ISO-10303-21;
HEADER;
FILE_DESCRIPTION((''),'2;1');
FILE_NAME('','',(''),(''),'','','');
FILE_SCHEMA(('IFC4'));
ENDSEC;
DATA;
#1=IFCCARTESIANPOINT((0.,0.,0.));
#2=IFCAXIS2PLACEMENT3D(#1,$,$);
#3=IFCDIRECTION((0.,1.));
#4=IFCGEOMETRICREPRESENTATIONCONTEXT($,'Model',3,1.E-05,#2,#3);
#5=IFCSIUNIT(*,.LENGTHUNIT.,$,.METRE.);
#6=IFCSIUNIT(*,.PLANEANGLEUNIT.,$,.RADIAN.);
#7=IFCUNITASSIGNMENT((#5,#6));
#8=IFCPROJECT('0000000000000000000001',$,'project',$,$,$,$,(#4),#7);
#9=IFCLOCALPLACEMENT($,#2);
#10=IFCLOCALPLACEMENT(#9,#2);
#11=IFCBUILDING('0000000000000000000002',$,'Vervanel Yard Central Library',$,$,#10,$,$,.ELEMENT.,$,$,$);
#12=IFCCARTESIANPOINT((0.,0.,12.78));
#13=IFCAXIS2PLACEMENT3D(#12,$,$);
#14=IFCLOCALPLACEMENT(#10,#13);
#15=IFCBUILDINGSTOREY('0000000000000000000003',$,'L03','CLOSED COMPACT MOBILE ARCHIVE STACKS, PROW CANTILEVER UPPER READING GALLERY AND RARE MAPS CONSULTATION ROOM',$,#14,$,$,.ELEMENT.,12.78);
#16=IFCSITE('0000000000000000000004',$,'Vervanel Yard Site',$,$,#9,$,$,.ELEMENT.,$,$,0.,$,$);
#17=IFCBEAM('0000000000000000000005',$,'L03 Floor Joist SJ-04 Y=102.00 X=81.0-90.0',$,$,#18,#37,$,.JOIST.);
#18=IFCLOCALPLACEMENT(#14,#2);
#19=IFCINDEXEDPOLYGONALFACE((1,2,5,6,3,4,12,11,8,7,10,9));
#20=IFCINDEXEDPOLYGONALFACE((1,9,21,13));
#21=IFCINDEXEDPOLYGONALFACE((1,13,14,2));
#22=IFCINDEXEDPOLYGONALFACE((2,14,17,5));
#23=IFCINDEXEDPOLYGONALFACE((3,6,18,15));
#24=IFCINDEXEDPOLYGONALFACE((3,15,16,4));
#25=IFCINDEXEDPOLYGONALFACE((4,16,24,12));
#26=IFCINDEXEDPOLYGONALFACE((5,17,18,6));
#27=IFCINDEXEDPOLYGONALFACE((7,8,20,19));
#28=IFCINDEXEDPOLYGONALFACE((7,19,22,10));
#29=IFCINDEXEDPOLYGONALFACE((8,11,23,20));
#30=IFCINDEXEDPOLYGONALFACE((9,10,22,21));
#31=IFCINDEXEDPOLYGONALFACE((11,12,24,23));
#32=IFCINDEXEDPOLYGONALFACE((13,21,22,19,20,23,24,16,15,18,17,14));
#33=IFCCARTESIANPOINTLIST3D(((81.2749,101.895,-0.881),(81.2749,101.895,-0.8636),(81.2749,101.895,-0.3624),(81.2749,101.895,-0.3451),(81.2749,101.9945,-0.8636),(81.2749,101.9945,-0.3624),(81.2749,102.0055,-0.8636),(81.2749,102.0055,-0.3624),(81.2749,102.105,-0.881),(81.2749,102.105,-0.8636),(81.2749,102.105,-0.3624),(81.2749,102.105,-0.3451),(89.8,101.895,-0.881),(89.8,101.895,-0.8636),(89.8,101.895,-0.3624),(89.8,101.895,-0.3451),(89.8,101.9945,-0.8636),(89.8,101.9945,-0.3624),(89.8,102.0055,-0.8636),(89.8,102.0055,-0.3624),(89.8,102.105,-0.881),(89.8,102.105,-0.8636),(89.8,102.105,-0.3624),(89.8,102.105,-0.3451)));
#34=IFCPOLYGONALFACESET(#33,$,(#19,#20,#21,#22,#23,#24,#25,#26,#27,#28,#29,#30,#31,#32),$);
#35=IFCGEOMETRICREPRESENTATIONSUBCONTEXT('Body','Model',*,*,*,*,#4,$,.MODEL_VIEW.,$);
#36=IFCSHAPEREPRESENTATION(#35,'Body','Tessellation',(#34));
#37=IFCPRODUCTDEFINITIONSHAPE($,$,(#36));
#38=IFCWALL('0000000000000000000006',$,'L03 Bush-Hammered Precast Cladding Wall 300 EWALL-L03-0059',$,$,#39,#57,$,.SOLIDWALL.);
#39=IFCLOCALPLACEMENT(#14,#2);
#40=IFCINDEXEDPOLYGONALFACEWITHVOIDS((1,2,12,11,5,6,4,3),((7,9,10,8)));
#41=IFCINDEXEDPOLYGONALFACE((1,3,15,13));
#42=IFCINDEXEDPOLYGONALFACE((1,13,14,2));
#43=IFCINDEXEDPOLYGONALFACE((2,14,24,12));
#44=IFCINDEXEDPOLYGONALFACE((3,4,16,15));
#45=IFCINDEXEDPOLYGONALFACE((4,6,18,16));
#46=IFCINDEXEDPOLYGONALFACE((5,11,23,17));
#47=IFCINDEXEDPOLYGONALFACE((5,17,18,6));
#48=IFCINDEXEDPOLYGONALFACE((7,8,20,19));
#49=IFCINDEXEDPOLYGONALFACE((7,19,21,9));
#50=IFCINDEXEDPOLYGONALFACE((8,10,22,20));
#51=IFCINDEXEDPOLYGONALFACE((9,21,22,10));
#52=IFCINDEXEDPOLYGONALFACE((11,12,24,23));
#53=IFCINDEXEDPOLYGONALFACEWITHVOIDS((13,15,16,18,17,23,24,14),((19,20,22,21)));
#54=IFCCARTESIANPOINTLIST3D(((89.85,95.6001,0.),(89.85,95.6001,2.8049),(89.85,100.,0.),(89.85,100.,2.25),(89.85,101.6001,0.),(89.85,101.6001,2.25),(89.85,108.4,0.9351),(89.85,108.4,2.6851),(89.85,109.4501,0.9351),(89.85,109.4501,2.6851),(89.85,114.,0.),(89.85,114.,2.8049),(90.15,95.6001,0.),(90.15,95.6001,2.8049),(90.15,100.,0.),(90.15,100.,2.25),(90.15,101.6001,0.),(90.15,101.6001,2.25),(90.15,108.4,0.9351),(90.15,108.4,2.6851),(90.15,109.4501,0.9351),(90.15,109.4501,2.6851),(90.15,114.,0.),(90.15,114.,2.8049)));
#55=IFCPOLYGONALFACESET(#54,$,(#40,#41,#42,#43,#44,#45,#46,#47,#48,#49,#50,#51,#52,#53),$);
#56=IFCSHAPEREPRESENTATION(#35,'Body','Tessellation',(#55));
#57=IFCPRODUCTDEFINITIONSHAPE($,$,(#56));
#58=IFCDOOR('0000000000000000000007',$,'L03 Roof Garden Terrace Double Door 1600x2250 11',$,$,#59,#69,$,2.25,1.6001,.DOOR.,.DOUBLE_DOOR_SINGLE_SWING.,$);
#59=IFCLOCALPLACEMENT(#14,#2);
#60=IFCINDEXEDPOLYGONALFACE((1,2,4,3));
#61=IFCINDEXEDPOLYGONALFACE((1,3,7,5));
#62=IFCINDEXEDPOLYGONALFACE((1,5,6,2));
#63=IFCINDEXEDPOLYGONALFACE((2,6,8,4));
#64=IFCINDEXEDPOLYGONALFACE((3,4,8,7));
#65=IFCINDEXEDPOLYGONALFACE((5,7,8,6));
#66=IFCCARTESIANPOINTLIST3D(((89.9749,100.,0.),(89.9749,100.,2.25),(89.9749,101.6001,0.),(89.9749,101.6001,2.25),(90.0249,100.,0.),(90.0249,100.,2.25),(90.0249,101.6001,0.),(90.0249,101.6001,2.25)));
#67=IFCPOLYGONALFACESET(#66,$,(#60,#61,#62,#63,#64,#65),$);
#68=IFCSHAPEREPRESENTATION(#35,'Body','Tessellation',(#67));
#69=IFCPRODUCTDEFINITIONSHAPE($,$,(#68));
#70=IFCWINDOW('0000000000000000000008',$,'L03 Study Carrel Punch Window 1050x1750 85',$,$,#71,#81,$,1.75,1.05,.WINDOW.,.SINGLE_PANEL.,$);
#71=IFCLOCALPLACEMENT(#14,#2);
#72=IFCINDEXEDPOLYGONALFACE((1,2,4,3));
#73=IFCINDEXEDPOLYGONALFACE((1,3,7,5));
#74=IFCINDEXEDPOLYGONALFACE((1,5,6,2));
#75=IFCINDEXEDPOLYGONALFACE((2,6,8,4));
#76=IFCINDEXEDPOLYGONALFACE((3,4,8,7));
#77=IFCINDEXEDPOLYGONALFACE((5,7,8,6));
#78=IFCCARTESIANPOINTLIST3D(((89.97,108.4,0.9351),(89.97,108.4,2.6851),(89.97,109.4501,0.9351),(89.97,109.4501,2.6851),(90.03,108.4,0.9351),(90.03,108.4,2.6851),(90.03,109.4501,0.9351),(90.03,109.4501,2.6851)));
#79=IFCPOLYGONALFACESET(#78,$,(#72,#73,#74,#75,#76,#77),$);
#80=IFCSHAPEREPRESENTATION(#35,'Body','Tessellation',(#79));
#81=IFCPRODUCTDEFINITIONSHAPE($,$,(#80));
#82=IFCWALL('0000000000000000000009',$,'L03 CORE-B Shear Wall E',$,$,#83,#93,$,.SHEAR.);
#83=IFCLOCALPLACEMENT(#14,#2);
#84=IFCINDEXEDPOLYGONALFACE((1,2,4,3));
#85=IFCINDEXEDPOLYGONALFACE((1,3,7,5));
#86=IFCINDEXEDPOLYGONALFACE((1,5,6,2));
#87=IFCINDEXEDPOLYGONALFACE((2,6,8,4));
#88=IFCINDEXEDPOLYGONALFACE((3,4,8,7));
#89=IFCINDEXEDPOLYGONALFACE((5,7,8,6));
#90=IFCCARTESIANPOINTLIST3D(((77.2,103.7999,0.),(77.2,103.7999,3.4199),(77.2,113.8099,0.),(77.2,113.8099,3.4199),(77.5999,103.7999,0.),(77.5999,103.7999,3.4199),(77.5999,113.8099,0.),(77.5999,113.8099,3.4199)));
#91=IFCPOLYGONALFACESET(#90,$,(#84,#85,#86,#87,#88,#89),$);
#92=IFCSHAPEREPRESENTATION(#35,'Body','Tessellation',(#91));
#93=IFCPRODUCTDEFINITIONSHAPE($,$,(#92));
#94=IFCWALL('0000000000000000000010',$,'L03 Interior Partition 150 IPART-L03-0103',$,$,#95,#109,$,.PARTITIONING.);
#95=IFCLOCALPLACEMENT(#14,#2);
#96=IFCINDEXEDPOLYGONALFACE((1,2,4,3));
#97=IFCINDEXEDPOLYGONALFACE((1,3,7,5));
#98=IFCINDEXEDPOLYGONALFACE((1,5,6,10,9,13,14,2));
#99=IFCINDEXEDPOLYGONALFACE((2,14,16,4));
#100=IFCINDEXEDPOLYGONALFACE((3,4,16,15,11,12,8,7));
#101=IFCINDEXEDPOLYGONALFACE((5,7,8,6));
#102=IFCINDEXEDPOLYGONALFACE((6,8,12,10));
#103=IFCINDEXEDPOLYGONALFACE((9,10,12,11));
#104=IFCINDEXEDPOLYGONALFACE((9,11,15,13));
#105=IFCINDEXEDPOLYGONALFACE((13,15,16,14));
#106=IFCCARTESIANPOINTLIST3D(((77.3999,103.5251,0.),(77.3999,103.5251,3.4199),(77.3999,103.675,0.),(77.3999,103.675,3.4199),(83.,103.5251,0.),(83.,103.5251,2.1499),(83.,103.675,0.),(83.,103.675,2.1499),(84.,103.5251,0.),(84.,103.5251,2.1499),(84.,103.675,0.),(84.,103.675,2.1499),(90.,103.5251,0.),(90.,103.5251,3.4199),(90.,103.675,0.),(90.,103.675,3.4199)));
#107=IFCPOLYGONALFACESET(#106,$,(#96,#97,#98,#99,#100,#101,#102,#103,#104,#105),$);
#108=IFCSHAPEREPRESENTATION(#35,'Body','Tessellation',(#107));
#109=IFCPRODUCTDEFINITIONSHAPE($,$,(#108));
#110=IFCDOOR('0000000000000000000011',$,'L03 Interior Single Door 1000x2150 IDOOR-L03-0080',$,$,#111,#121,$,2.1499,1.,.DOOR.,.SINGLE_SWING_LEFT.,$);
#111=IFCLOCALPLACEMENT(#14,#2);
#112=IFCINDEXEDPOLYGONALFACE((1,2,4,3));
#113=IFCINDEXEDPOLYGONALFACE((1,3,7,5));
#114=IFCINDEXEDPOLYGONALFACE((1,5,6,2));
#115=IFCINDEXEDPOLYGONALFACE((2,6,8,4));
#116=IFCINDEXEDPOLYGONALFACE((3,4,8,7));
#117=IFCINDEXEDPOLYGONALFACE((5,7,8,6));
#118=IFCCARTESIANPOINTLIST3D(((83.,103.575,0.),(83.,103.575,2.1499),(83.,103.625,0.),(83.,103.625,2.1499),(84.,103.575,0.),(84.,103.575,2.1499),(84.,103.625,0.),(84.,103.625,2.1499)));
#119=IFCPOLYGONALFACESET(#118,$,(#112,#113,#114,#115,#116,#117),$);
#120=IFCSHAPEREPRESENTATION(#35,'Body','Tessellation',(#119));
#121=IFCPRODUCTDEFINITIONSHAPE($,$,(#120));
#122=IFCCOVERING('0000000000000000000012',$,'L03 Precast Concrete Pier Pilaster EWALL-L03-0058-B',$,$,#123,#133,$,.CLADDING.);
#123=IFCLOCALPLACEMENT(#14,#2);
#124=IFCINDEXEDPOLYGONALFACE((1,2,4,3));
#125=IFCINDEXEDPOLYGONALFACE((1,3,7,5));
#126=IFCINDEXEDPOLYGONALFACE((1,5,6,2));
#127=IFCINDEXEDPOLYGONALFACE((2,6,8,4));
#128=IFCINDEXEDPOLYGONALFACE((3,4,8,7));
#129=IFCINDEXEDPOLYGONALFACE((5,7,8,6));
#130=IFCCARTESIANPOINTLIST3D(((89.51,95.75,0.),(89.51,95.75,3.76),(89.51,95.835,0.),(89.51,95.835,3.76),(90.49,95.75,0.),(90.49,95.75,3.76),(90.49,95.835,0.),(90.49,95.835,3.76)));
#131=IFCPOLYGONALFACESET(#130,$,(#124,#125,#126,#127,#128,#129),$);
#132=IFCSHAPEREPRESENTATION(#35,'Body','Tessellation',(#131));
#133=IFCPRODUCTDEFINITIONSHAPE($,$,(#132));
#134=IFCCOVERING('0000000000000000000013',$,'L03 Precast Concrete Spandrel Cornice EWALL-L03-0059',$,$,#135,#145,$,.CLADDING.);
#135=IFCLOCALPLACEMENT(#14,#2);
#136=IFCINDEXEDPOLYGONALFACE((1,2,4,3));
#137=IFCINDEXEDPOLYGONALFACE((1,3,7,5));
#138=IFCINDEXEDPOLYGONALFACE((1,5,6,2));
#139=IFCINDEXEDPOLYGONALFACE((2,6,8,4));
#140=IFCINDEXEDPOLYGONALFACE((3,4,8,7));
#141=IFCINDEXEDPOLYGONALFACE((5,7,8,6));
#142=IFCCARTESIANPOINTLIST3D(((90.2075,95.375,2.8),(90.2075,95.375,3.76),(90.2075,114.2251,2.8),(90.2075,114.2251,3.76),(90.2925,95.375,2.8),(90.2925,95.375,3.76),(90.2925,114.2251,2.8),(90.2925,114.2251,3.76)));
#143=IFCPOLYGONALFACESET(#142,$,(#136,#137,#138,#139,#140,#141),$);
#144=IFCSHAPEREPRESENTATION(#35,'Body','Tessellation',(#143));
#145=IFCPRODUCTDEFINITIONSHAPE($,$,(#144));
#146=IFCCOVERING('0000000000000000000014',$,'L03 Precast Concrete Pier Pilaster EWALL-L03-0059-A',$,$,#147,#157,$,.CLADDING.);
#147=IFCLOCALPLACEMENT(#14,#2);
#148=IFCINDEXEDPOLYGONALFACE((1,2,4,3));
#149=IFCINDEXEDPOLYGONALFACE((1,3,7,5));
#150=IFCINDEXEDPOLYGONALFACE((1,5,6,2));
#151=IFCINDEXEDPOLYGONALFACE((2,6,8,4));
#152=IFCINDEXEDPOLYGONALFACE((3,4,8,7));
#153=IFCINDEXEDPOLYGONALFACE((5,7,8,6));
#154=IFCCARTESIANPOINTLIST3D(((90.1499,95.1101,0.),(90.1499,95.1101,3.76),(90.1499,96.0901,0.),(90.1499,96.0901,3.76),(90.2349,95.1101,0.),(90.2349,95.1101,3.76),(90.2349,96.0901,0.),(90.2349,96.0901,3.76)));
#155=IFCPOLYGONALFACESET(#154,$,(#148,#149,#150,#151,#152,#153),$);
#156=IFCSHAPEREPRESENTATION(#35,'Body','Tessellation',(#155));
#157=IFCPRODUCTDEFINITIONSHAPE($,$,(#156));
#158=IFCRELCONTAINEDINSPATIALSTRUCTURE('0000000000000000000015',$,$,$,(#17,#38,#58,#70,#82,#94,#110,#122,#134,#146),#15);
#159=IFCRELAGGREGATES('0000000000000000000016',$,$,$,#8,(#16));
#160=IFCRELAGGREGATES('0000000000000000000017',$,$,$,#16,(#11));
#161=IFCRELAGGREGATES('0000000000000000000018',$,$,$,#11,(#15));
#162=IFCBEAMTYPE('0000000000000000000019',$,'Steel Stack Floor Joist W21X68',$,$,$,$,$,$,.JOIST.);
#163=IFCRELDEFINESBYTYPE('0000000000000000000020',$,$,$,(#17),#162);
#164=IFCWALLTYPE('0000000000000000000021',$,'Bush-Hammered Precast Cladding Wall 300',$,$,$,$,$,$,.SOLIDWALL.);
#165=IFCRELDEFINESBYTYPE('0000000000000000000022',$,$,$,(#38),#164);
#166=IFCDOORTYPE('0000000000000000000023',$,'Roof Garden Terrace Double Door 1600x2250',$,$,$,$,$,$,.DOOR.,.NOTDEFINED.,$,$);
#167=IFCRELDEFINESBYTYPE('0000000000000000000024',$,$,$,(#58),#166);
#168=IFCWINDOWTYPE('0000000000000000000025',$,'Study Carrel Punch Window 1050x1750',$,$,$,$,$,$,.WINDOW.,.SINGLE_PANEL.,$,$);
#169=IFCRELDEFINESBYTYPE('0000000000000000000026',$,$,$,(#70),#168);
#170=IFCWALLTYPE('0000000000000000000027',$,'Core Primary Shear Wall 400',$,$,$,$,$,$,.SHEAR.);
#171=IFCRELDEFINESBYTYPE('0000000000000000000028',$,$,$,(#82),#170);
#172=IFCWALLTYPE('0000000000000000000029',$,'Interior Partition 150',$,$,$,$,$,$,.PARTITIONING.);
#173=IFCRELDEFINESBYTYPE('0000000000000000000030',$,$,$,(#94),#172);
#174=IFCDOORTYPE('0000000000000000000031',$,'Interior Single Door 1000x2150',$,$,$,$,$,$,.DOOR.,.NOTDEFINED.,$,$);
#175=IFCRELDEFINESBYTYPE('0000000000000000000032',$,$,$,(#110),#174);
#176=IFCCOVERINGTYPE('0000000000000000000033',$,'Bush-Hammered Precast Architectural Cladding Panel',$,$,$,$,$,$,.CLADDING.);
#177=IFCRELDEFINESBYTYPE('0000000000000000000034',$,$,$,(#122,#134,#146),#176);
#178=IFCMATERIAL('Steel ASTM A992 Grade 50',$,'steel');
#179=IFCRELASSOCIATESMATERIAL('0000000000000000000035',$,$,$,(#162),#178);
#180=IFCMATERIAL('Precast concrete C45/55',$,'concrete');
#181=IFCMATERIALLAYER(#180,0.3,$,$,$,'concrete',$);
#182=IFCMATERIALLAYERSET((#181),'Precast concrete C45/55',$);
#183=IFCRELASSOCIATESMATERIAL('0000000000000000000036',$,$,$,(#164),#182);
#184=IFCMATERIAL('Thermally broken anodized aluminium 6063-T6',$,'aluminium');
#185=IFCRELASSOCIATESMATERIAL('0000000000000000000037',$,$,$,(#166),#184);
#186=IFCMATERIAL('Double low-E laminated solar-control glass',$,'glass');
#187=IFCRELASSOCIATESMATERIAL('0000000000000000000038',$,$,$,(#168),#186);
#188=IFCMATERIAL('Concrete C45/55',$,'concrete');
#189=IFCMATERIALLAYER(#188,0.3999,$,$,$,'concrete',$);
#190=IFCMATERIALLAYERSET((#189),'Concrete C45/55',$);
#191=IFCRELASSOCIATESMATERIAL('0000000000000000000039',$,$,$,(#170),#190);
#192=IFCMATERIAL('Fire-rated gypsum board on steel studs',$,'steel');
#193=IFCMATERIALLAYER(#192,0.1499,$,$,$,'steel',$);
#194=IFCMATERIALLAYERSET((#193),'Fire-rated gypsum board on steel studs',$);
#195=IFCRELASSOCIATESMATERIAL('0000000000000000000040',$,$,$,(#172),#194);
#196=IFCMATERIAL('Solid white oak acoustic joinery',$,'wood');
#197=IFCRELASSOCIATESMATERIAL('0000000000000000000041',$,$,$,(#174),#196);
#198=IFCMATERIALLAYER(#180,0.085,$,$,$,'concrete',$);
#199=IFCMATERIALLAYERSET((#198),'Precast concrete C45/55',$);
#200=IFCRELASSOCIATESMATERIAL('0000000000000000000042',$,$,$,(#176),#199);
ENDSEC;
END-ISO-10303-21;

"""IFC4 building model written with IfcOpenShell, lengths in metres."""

from ifc_helpers import new_model, si_unit, direction, frame, frame_2d, origin, origin_2d, place, context, subcontext, project, spatial, rectangle, i_section, extrude, material, layer, layer_set, material_profile, profile_set, type_object, element, fill, save


model = new_model("IFC4")

# Units and contexts
model_context = context("Model", 3, precision=1e-05, world=origin(), true_north=direction((0.0, 1.0)))
body_context = subcontext(model_context, "Body", "Model", "MODEL_VIEW")
ifc_project = project(units=[si_unit("LENGTHUNIT", "METRE"), si_unit("PLANEANGLEUNIT", "RADIAN")], contexts=[model_context])

# Site, building, storey
site_placement = place(None, origin())
site = spatial("IfcSite", under=ifc_project, at=site_placement, Name="Vervanel Yard Site", CompositionType="ELEMENT", RefElevation=0.0)
building_placement = place(site_placement, origin())
building = spatial("IfcBuilding", under=site, at=building_placement, Name="Vervanel Yard Central Library", CompositionType="ELEMENT")
storey_placement = place(building_placement, frame((0.0, 0.0, 12.78)))
storey = spatial("IfcBuildingStorey", under=building, at=storey_placement, Name="L03", Description="CLOSED COMPACT MOBILE ARCHIVE STACKS, PROW CANTILEVER UPPER READING GALLERY AND RARE MAPS CONSULTATION ROOM", CompositionType="ELEMENT", Elevation=12.78)

# Beam
ifc_material_1 = material(Name="Concrete C45/55", Category="concrete")
ifc_material_2 = material(Name="Steel ASTM A992 Grade 50", Category="steel")
ifc_material_profile_1 = material_profile(ifc_material_2, i_section(OverallWidth=0.21, OverallDepth=0.5359, WebThickness=0.011, FlangeThickness=0.0173, at=origin_2d()), Name="W21X68", Category="steel")
ifc_profile_set_1 = profile_set([ifc_material_profile_1], Name="Steel ASTM A992 Grade 50")
beam_type_1 = type_object("IfcBeamType", Name="Steel Stack Floor Joist W21X68", PredefinedType="JOIST", material=ifc_profile_set_1)
beam_1_placement = place(storey_placement, frame((81.2749, 102.0, -0.613), z_axis=(1.0, 0.0, 0.0), x_axis=(0.0, 1.0, 0.0)))
element("IfcBeam", 1, at=beam_1_placement, inside=storey, type_object=beam_type_1, Name="L03 Floor Joist SJ-04 Y=102.00 X=81.0-90.0", PredefinedType="JOIST", context=body_context, shape_type="SweptSolid", body=[
    extrude(i_section(OverallWidth=0.21, OverallDepth=0.5359, WebThickness=0.011, FlangeThickness=0.0173, at=origin_2d()), origin(), (0.0, 0.0, 1.0), 8.5251),
])

# Wall, openings, door, window
ifc_material_3 = material(Name="Precast concrete C45/55", Category="concrete")
ifc_layer_1 = layer(ifc_material_3, 0.3, Category="concrete")
ifc_layer_set_1 = layer_set([ifc_layer_1], Name="Precast concrete C45/55")
wall_type_1 = type_object("IfcWallType", Name="Bush-Hammered Precast Cladding Wall 300", PredefinedType="SOLIDWALL", material=ifc_layer_set_1)
wall_1_placement = place(storey_placement, frame((90.0, 95.6001, 0.0), z_axis=(0.0, 0.0, 1.0), x_axis=(0.0, 1.0, 0.0)))
wall_1 = element("IfcWall", 2, at=wall_1_placement, inside=storey, type_object=wall_type_1, Name="L03 Bush-Hammered Precast Cladding Wall 300 EWALL-L03-0059", PredefinedType="SOLIDWALL", context=body_context, shape_type="SweptSolid", body=[
    extrude(rectangle(XDim=18.3999, YDim=0.3, at=frame_2d((9.2, 0.0))), origin(), (0.0, 0.0, 1.0), 2.8049),
])
opening_1_placement = place(wall_1_placement, frame((4.3999, 0.0, 0.0)))
opening_1 = element("IfcOpeningElement", 3, at=opening_1_placement, cuts=wall_1, PredefinedType="OPENING", context=body_context, shape_type="SweptSolid", body=[
    extrude(rectangle(XDim=1.6001, YDim=2.25, at=frame_2d((0.8, 1.125))), frame((0.0, 0.1599, 0.0), z_axis=(0.0, -1.0, 0.0), x_axis=(1.0, 0.0, 0.0)), (0.0, 0.0, 1.0), 0.3201),
])
opening_2_placement = place(wall_1_placement, frame((12.8, 0.0, 0.9351)))
opening_2 = element("IfcOpeningElement", 4, at=opening_2_placement, cuts=wall_1, PredefinedType="OPENING", context=body_context, shape_type="SweptSolid", body=[
    extrude(rectangle(XDim=1.05, YDim=1.75, at=frame_2d((0.5249, 0.875))), frame((0.0, 0.1599, 0.0), z_axis=(0.0, -1.0, 0.0), x_axis=(1.0, 0.0, 0.0)), (0.0, 0.0, 1.0), 0.3201),
])
ifc_material_4 = material(Name="Thermally broken anodized aluminium 6063-T6", Category="aluminium")
door_type_1 = type_object("IfcDoorType", Name="Roof Garden Terrace Double Door 1600x2250", OperationType="NOTDEFINED", PredefinedType="DOOR", material=ifc_material_4)
door_1_placement = place(opening_1_placement, frame((1.6001, 0.0, 0.0), z_axis=(0.0, 0.0, 1.0), x_axis=(-1.0, 0.0, 0.0)))
door_1 = element("IfcDoor", 5, at=door_1_placement, inside=storey, type_object=door_type_1, Name="L03 Roof Garden Terrace Double Door 1600x2250 11", OperationType="DOUBLE_DOOR_SINGLE_SWING", OverallHeight=2.25, OverallWidth=1.6001, PredefinedType="DOOR", context=body_context, shape_type="SweptSolid", body=[
    extrude(rectangle(XDim=1.6001, YDim=2.25, at=frame_2d((0.8, 1.125))), frame((0.0, 0.0249, 0.0), z_axis=(0.0, -1.0, 0.0), x_axis=(1.0, 0.0, 0.0)), (0.0, 0.0, 1.0), 0.05),
])
fill(opening_1, door_1)
ifc_material_5 = material(Name="Double low-E laminated solar-control glass", Category="glass")
window_type = type_object("IfcWindowType", Name="Study Carrel Punch Window 1050x1750", PartitioningType="SINGLE_PANEL", PredefinedType="WINDOW", material=ifc_material_5)
window_placement = place(opening_2_placement, origin())
window = element("IfcWindow", 6, at=window_placement, inside=storey, type_object=window_type, Name="L03 Study Carrel Punch Window 1050x1750 85", OverallHeight=1.75, OverallWidth=1.05, PartitioningType="SINGLE_PANEL", PredefinedType="WINDOW", context=body_context, shape_type="SweptSolid", body=[
    extrude(rectangle(XDim=1.05, YDim=1.75, at=frame_2d((0.5249, 0.875))), frame((0.0, 0.03, 0.0), z_axis=(0.0, -1.0, 0.0), x_axis=(1.0, 0.0, 0.0)), (0.0, 0.0, 1.0), 0.0601),
])
fill(opening_2, window)

# Wall
ifc_layer_2 = layer(ifc_material_1, 0.3999, Category="concrete")
ifc_layer_set_2 = layer_set([ifc_layer_2], Name="Concrete C45/55")
wall_type_2 = type_object("IfcWallType", Name="Core Primary Shear Wall 400", PredefinedType="SHEAR", material=ifc_layer_set_2)
wall_2_placement = place(storey_placement, frame((77.3999, 103.8, 0.0), z_axis=(0.0, 0.0, 1.0), x_axis=(0.0, 1.0, 0.0)))
element("IfcWall", 7, at=wall_2_placement, inside=storey, type_object=wall_type_2, Name="L03 CORE-B Shear Wall E", PredefinedType="SHEAR", context=body_context, shape_type="SweptSolid", body=[
    extrude(rectangle(XDim=10.01, YDim=0.3999, at=frame_2d((5.0049, 0.0))), origin(), (0.0, 0.0, 1.0), 3.4199),
])

# Wall, opening, door
ifc_material_6 = material(Name="Fire-rated gypsum board on steel studs", Category="steel")
ifc_layer_3 = layer(ifc_material_6, 0.1499, Category="steel")
ifc_layer_set_3 = layer_set([ifc_layer_3], Name="Fire-rated gypsum board on steel studs")
wall_type_3 = type_object("IfcWallType", Name="Interior Partition 150", PredefinedType="PARTITIONING", material=ifc_layer_set_3)
wall_3_placement = place(storey_placement, frame((77.3999, 103.6001, 0.0), z_axis=(0.0, 0.0, 1.0), x_axis=(1.0, 0.0, 0.0)))
wall_3 = element("IfcWall", 8, at=wall_3_placement, inside=storey, type_object=wall_type_3, Name="L03 Interior Partition 150 IPART-L03-0103", PredefinedType="PARTITIONING", context=body_context, shape_type="SweptSolid", body=[
    extrude(rectangle(XDim=12.6001, YDim=0.1499, at=frame_2d((6.3, 0.0))), origin(), (0.0, 0.0, 1.0), 3.4199),
])
opening_3_placement = place(wall_3_placement, frame((5.6001, 0.0, 0.0)))
opening_3 = element("IfcOpeningElement", 9, at=opening_3_placement, cuts=wall_3, PredefinedType="OPENING", context=body_context, shape_type="SweptSolid", body=[
    extrude(rectangle(XDim=1.0, YDim=2.1499, at=frame_2d((0.5, 1.075))), frame((0.0, 0.085, 0.0), z_axis=(0.0, -1.0, 0.0), x_axis=(1.0, 0.0, 0.0)), (0.0, 0.0, 1.0), 0.1699),
])
ifc_material_7 = material(Name="Solid white oak acoustic joinery", Category="wood")
door_type_2 = type_object("IfcDoorType", Name="Interior Single Door 1000x2150", OperationType="NOTDEFINED", PredefinedType="DOOR", material=ifc_material_7)
door_2_placement = place(opening_3_placement, origin())
door_2 = element("IfcDoor", 10, at=door_2_placement, inside=storey, type_object=door_type_2, Name="L03 Interior Single Door 1000x2150 IDOOR-L03-0080", OperationType="SINGLE_SWING_LEFT", OverallHeight=2.1499, OverallWidth=1.0, PredefinedType="DOOR", context=body_context, shape_type="SweptSolid", body=[
    extrude(rectangle(XDim=1.0, YDim=2.1499, at=frame_2d((0.5, 1.075))), frame((0.0, 0.0249, 0.0), z_axis=(0.0, -1.0, 0.0), x_axis=(1.0, 0.0, 0.0)), (0.0, 0.0, 1.0), 0.05),
])
fill(opening_3, door_2)

# Coverings
ifc_layer_4 = layer(ifc_material_3, 0.085, Category="concrete")
ifc_layer_set_4 = layer_set([ifc_layer_4], Name="Precast concrete C45/55")
covering_type = type_object("IfcCoveringType", Name="Bush-Hammered Precast Architectural Cladding Panel", PredefinedType="CLADDING", material=ifc_layer_set_4)
covering_1_placement = place(storey_placement, frame((90.0, 95.7925, 0.0), z_axis=(0.0, 0.0, 1.0), x_axis=(-1.0, 0.0, 0.0)))
element("IfcCovering", 11, at=covering_1_placement, inside=storey, type_object=covering_type, Name="L03 Precast Concrete Pier Pilaster EWALL-L03-0058-B", PredefinedType="CLADDING", context=body_context, shape_type="SweptSolid", body=[
    extrude(rectangle(XDim=0.98, YDim=0.085, at=origin_2d()), origin(), (0.0, 0.0, 1.0), 3.76),
])
covering_2_placement = place(storey_placement, frame((90.25, 104.8, 2.8), z_axis=(0.0, 0.0, 1.0), x_axis=(0.0, 1.0, 0.0)))
element("IfcCovering", 12, at=covering_2_placement, inside=storey, type_object=covering_type, Name="L03 Precast Concrete Spandrel Cornice EWALL-L03-0059", PredefinedType="CLADDING", context=body_context, shape_type="SweptSolid", body=[
    extrude(rectangle(XDim=18.8501, YDim=0.085, at=origin_2d()), origin(), (0.0, 0.0, 1.0), 0.96),
])
covering_3_placement = place(storey_placement, frame((90.1924, 95.6001, 0.0), z_axis=(0.0, 0.0, 1.0), x_axis=(0.0, 1.0, 0.0)))
element("IfcCovering", 13, at=covering_3_placement, inside=storey, type_object=covering_type, Name="L03 Precast Concrete Pier Pilaster EWALL-L03-0059-A", PredefinedType="CLADDING", context=body_context, shape_type="SweptSolid", body=[
    extrude(rectangle(XDim=0.98, YDim=0.085, at=origin_2d()), origin(), (0.0, 0.0, 1.0), 3.76),
])

save(model, "model.ifc")
